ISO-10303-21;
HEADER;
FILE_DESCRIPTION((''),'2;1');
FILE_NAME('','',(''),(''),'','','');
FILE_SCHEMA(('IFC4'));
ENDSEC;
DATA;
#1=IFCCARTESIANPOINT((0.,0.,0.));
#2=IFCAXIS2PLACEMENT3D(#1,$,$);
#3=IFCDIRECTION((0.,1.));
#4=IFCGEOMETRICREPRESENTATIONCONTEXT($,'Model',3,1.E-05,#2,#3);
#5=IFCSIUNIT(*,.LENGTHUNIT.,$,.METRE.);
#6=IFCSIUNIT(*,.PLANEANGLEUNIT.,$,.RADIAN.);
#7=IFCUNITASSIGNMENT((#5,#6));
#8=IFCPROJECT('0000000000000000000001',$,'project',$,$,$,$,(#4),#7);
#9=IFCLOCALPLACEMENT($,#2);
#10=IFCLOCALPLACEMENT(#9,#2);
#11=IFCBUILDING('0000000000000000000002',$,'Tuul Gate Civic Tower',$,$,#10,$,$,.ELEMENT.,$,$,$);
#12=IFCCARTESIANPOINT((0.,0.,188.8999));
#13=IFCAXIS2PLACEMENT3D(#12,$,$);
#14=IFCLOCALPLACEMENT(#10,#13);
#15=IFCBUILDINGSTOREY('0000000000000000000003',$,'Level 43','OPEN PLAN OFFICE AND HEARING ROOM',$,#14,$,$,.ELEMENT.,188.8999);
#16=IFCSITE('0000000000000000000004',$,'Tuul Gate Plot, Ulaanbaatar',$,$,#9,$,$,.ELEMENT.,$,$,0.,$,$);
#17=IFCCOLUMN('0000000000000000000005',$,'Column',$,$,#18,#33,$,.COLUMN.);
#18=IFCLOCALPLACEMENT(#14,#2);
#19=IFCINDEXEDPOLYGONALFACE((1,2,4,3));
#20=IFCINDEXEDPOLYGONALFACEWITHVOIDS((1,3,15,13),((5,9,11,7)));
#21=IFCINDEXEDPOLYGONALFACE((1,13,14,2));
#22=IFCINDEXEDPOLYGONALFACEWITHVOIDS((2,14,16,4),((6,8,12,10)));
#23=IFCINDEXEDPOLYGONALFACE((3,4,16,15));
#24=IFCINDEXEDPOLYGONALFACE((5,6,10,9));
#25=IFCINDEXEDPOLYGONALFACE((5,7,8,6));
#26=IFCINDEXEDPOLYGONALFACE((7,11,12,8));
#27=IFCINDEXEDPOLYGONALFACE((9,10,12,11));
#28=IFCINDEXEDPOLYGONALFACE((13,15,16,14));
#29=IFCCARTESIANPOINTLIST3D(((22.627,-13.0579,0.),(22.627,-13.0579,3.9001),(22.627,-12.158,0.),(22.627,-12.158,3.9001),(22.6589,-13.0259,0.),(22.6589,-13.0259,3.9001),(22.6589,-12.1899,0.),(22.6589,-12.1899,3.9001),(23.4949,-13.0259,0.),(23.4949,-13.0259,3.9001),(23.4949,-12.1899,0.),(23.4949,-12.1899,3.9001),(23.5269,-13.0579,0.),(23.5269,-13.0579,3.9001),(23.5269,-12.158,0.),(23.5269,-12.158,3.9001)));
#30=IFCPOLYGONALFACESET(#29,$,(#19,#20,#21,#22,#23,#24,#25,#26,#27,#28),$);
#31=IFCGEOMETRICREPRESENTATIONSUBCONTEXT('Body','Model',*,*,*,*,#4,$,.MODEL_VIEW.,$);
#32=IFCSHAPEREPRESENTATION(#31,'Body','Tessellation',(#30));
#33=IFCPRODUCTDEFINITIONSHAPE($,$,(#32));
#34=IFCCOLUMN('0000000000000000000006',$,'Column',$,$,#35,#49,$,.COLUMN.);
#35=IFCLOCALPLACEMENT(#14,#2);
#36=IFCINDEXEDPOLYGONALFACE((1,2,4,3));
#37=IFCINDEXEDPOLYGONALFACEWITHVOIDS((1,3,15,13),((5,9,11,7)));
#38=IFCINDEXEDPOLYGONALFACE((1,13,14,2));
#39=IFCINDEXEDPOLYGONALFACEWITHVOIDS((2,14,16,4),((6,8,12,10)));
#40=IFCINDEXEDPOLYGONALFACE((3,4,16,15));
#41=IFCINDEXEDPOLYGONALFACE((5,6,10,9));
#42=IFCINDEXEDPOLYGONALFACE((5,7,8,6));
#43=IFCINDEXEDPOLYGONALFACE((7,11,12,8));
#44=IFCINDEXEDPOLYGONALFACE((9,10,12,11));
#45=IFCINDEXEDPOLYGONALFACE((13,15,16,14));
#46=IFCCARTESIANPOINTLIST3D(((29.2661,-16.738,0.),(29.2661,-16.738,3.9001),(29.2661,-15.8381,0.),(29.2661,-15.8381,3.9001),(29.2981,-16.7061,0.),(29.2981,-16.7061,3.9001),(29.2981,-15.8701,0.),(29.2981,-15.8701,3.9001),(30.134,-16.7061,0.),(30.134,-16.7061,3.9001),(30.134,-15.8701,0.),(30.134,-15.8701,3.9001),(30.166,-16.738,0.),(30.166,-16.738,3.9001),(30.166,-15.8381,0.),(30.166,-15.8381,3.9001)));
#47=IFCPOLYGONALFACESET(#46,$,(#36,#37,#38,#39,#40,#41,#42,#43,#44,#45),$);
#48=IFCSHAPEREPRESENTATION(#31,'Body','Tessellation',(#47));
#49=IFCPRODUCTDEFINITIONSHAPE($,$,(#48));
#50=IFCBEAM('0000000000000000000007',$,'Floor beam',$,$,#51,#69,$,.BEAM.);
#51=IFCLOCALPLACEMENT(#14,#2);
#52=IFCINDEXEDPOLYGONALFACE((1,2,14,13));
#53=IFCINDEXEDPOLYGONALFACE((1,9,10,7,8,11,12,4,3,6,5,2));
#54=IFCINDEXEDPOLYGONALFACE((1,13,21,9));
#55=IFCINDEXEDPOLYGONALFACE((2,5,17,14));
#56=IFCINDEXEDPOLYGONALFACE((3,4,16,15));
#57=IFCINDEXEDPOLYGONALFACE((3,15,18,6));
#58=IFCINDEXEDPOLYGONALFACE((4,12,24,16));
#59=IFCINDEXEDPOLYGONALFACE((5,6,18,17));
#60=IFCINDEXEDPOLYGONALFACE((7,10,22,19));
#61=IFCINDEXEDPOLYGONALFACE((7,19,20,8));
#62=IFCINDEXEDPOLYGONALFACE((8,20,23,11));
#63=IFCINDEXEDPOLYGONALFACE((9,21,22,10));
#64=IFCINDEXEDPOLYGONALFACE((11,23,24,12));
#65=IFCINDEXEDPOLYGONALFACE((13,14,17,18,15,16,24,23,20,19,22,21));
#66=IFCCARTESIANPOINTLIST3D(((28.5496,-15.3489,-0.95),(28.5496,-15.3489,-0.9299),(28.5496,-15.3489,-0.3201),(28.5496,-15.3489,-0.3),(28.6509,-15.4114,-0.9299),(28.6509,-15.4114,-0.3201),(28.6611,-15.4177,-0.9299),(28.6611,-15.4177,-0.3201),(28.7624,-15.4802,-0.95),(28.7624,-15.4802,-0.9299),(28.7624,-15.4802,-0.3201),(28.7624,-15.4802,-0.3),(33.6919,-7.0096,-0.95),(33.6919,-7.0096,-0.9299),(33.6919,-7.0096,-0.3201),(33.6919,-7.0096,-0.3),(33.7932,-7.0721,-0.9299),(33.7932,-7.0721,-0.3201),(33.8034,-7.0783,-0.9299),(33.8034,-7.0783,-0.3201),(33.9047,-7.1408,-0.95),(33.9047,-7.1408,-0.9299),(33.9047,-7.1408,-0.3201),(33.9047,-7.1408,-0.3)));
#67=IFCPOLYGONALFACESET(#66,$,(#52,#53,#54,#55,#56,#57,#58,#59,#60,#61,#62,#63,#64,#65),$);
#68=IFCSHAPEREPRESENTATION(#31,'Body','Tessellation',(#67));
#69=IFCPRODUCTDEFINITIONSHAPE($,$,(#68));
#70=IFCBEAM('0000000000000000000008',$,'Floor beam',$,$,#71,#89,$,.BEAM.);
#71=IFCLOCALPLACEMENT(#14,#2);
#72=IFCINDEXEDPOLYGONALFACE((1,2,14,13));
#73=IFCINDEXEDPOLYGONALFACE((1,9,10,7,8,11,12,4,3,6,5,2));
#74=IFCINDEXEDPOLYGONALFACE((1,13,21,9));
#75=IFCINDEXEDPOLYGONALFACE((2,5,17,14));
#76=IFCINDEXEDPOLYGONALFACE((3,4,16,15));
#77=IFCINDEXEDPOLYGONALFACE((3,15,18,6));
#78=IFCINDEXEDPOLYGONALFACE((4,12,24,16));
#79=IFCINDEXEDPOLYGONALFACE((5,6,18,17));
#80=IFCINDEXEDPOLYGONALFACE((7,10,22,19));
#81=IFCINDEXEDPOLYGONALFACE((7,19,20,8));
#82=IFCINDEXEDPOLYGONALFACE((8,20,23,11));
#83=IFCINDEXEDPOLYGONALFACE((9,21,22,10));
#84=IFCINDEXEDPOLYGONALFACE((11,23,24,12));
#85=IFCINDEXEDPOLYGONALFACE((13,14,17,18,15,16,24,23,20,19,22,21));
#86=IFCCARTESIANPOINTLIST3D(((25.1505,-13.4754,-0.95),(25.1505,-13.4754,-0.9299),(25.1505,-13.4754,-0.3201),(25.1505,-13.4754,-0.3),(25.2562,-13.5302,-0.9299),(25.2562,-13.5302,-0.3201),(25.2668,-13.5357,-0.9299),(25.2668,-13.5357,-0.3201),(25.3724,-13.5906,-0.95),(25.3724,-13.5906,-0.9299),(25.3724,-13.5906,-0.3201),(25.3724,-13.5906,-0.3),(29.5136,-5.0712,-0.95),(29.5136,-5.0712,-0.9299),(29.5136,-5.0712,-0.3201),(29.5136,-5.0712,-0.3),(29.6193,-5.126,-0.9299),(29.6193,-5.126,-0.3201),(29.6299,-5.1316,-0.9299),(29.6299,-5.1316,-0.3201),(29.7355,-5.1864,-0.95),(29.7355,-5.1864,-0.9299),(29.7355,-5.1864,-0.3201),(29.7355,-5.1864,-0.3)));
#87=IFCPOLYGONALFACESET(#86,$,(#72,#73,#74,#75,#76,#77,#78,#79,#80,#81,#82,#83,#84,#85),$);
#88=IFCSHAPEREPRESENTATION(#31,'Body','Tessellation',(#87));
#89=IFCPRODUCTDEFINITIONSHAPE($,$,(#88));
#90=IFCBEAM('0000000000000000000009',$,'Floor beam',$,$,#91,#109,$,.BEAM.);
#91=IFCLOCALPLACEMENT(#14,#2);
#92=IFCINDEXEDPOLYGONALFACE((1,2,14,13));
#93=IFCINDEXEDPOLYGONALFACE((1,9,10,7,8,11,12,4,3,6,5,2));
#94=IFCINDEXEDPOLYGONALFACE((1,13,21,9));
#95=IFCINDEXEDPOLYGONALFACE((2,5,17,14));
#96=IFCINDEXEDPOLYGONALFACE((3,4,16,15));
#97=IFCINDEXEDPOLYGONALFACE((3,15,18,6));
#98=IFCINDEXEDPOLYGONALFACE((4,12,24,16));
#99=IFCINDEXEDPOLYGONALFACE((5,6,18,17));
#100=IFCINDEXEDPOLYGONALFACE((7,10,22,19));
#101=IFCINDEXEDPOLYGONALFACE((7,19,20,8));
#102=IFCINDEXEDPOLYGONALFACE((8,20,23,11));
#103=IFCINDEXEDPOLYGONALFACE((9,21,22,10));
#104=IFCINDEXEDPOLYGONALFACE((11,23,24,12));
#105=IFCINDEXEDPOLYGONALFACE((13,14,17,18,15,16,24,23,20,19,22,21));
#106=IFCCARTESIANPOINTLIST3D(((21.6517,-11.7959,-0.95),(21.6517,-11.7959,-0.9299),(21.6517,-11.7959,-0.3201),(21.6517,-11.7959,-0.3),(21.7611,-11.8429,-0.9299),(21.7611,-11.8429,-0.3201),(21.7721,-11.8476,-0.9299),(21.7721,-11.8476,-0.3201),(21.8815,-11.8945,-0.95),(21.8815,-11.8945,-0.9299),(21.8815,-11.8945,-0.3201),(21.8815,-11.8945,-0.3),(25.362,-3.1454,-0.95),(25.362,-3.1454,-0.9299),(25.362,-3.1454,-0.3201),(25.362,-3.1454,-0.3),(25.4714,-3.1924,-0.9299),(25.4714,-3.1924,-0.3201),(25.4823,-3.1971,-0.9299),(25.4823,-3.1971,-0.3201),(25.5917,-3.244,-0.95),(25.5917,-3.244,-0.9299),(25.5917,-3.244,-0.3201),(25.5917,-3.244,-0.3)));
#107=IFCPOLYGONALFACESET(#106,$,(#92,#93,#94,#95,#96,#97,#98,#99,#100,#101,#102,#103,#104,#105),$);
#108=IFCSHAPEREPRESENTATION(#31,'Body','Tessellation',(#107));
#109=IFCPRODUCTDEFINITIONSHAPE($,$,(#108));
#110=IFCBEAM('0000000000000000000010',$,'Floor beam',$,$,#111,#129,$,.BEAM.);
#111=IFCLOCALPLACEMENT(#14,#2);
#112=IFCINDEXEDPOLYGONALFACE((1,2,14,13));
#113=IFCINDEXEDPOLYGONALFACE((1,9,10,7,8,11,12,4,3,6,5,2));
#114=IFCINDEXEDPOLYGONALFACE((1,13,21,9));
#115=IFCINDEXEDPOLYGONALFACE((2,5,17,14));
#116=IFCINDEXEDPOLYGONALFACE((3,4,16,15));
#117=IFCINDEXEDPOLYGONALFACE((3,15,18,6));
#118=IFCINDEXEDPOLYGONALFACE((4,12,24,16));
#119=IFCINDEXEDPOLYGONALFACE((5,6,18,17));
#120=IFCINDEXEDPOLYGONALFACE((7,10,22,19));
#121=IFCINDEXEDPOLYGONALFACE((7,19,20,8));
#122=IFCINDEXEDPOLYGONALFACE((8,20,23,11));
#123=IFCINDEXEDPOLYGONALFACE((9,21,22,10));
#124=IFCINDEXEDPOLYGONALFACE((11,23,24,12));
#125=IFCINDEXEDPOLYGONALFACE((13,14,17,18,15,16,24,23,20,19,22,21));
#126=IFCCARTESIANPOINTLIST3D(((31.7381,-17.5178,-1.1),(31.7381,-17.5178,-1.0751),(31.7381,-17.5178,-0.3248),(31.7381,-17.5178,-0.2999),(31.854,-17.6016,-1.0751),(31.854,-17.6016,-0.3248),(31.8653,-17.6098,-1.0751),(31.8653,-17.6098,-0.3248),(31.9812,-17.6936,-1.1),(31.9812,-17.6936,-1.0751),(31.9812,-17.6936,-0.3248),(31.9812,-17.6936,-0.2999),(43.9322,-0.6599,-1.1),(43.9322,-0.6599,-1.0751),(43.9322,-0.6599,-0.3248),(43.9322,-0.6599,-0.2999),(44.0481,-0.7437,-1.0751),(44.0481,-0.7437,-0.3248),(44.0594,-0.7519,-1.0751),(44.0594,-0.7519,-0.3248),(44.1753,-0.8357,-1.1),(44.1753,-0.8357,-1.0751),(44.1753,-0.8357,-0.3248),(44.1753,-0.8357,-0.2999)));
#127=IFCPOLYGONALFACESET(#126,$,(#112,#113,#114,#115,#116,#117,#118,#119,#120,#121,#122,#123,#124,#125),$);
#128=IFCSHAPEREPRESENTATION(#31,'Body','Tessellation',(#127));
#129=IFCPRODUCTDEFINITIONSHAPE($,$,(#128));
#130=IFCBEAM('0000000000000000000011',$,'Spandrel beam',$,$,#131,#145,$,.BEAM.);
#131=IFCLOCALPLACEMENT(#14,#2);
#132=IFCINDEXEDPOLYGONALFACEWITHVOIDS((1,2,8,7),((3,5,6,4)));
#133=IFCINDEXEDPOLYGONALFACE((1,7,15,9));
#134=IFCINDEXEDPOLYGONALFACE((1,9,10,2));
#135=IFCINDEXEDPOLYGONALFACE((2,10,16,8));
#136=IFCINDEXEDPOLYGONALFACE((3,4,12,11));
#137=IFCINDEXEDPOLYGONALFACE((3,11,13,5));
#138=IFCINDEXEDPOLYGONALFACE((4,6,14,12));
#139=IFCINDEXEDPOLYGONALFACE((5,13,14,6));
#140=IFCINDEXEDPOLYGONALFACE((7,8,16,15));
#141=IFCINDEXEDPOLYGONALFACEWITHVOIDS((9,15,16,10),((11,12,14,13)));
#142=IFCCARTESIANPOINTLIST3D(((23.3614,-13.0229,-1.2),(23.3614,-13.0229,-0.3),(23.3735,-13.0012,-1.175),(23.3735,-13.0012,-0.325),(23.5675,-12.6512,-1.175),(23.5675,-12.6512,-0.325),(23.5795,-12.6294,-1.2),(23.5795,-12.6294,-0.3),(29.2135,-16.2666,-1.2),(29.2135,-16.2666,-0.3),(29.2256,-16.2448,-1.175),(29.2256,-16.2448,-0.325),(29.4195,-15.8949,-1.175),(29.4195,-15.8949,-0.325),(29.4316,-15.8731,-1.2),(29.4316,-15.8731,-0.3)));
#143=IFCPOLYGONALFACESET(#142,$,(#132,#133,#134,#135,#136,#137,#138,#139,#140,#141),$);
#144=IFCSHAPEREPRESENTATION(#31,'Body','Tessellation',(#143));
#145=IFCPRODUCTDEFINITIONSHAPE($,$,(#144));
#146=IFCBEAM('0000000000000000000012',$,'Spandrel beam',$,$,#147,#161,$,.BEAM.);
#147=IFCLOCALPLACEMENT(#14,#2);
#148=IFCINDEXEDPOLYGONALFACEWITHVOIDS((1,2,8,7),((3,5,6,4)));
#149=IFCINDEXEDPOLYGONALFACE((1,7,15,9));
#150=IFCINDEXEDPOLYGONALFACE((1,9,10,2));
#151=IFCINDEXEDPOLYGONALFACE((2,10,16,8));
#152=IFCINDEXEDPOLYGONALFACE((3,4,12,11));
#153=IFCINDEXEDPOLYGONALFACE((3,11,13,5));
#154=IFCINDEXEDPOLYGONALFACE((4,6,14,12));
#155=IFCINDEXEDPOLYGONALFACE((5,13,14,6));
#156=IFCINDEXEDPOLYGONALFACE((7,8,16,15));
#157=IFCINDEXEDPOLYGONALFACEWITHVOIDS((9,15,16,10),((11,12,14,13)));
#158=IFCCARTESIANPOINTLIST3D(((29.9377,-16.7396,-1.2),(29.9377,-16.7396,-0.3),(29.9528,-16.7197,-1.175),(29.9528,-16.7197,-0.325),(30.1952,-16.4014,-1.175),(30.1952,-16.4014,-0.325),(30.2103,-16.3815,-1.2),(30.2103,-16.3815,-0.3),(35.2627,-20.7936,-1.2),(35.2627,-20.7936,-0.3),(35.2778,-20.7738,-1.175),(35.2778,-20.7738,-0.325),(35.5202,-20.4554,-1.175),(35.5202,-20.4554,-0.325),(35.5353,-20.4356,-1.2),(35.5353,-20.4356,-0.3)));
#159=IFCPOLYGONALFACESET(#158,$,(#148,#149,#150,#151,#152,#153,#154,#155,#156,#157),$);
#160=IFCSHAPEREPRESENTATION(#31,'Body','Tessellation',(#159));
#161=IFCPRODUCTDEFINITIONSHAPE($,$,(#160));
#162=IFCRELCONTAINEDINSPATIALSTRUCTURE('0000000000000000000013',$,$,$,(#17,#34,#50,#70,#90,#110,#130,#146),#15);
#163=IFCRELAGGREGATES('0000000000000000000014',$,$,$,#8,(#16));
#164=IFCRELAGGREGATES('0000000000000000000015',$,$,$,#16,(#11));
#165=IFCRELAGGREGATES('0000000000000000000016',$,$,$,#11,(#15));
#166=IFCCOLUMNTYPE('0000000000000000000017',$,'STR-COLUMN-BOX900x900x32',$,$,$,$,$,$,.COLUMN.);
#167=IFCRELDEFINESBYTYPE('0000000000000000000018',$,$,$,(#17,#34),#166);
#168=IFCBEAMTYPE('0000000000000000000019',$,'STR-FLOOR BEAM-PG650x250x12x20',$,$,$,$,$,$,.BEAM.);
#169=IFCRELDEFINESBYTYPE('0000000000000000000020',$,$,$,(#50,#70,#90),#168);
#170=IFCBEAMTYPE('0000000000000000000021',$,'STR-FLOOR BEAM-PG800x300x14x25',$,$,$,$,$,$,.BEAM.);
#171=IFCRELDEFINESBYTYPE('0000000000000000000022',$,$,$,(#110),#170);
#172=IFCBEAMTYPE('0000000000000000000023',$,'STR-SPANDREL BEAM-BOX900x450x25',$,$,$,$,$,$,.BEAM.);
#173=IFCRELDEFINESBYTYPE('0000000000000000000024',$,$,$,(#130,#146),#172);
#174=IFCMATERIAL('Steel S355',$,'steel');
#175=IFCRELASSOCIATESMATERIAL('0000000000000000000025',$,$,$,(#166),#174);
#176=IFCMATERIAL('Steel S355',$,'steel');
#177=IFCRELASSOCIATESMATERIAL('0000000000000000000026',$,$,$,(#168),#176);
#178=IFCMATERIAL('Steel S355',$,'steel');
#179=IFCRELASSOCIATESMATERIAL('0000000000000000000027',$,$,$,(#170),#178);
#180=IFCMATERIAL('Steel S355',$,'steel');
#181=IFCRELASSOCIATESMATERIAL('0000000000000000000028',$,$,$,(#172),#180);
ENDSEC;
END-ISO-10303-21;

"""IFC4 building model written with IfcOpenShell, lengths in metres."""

from ifc_helpers import new_model, si_unit, direction, frame, origin, origin_2d, place, context, subcontext, project, spatial, hollow_rectangle, i_section, extrude, material, material_profile, profile_set, type_object, element, save


model = new_model("IFC4")

# Units and contexts
model_context = context("Model", 3, precision=1e-05, world=origin(), true_north=direction((0.0, 1.0)))
body_context = subcontext(model_context, "Body", "Model", "MODEL_VIEW")
ifc_project = project(units=[si_unit("LENGTHUNIT", "METRE"), si_unit("PLANEANGLEUNIT", "RADIAN")], contexts=[model_context])

# Site, building, storey
site_placement = place(None, origin())
site = spatial("IfcSite", under=ifc_project, at=site_placement, Name="Tuul Gate Plot, Ulaanbaatar", CompositionType="ELEMENT", RefElevation=0.0)
building_placement = place(site_placement, origin())
building = spatial("IfcBuilding", under=site, at=building_placement, Name="Tuul Gate Civic Tower", CompositionType="ELEMENT")
storey_placement = place(building_placement, frame((0.0, 0.0, 188.8999)))
storey = spatial("IfcBuildingStorey", under=building, at=storey_placement, Name="Level 43", Description="OPEN PLAN OFFICE AND HEARING ROOM", CompositionType="ELEMENT", Elevation=188.8999)

# Columns
ifc_material_1 = material(Name="Steel S355", Category="steel")
ifc_material_profile_1 = material_profile(ifc_material_1, hollow_rectangle(XDim=0.8999, YDim=0.8999, WallThickness=0.032, at=origin_2d()), Name="BOX900x900x32")
ifc_profile_set_1 = profile_set([ifc_material_profile_1], Name="Steel S355")
column_type = type_object("IfcColumnType", Name="STR-COLUMN-BOX900x900x32", PredefinedType="COLUMN", material=ifc_profile_set_1)
for number, where, z_axis, x_axis, name in (
    (1, (23.0769, -12.6079, 0.0), (0.0, 0.0, 1.0), (1.0, 0.0, 0.0), "Column"),
    (2, (29.7161, -16.2881, 0.0), (0.0, 0.0, 1.0), (1.0, 0.0, 0.0), "Column"),
):
    element("IfcColumn", number, at=place(storey_placement, frame(where, z_axis=z_axis, x_axis=x_axis)), inside=storey, type_object=column_type, Name=name, PredefinedType="COLUMN", context=body_context, shape_type="SweptSolid", body=[
        extrude(hollow_rectangle(XDim=0.8999, YDim=0.8999, WallThickness=0.032, at=origin_2d()), origin(), (0.0, 0.0, 1.0), 3.9001),
    ])

# Beams
ifc_material_2 = material(Name="Steel S355", Category="steel")
ifc_material_profile_2 = material_profile(ifc_material_2, i_section(OverallWidth=0.25, OverallDepth=0.6499, WebThickness=0.012, FlangeThickness=0.02, at=origin_2d()), Name="PG650x250x12x20")
ifc_profile_set_2 = profile_set([ifc_material_profile_2], Name="Steel S355")
beam_type_1 = type_object("IfcBeamType", Name="STR-FLOOR BEAM-PG650x250x12x20", PredefinedType="BEAM", material=ifc_profile_set_2)
beam_1_placement = place(storey_placement, frame((28.656, -15.4146, -0.625), z_axis=(0.524869, 0.851183, 0.0), x_axis=(-0.851183, 0.524869, 0.0)))
element("IfcBeam", 3, at=beam_1_placement, inside=storey, type_object=beam_type_1, Name="Floor beam", PredefinedType="BEAM", context=body_context, shape_type="SweptSolid", body=[
    extrude(i_section(OverallWidth=0.25, OverallDepth=0.6499, WebThickness=0.012, FlangeThickness=0.02, at=origin_2d()), origin(), (0.0, 0.0, 1.0), 9.7974),
])
beam_2_placement = place(storey_placement, frame((25.2615, -13.533, -0.625), z_axis=(0.460765, 0.887522, 0.0), x_axis=(-0.887522, 0.460765, 0.0)))
element("IfcBeam", 4, at=beam_2_placement, inside=storey, type_object=beam_type_1, Name="Floor beam", PredefinedType="BEAM", context=body_context, shape_type="SweptSolid", body=[
    extrude(i_section(OverallWidth=0.25, OverallDepth=0.6499, WebThickness=0.012, FlangeThickness=0.02, at=origin_2d()), origin(), (0.0, 0.0, 1.0), 9.4692),
])
beam_3_placement = place(storey_placement, frame((21.7666, -11.8452, -0.625), z_axis=(0.394179, 0.919034, 0.0), x_axis=(-0.919034, 0.394179, 0.0)))
element("IfcBeam", 5, at=beam_3_placement, inside=storey, type_object=beam_type_1, Name="Floor beam", PredefinedType="BEAM", context=body_context, shape_type="SweptSolid", body=[
    extrude(i_section(OverallWidth=0.25, OverallDepth=0.6499, WebThickness=0.012, FlangeThickness=0.02, at=origin_2d()), origin(), (0.0, 0.0, 1.0), 9.4126),
])
ifc_material_3 = material(Name="Steel S355", Category="steel")
ifc_material_profile_3 = material_profile(ifc_material_3, i_section(OverallWidth=0.3, OverallDepth=0.8, WebThickness=0.0139, FlangeThickness=0.0249, at=origin_2d()), Name="PG800x300x14x25")
ifc_profile_set_3 = profile_set([ifc_material_profile_3], Name="Steel S355")
beam_type_2 = type_object("IfcBeamType", Name="STR-FLOOR BEAM-PG800x300x14x25", PredefinedType="BEAM", material=ifc_profile_set_3)
beam_4_placement = place(storey_placement, frame((31.8596, -17.6057, -0.7), z_axis=(0.586088, 0.810247, 0.0), x_axis=(-0.810247, 0.586088, 0.0)))
element("IfcBeam", 6, at=beam_4_placement, inside=storey, type_object=beam_type_2, Name="Floor beam", PredefinedType="BEAM", context=body_context, shape_type="SweptSolid", body=[
    extrude(i_section(OverallWidth=0.3, OverallDepth=0.8, WebThickness=0.0139, FlangeThickness=0.0249, at=origin_2d()), origin(), (0.0, 0.0, 1.0), 20.8059),
])
ifc_material_4 = material(Name="Steel S355", Category="steel")
ifc_material_profile_4 = material_profile(ifc_material_4, hollow_rectangle(XDim=0.45, YDim=0.8999, WallThickness=0.0249, at=origin_2d()), Name="BOX900x450x25")
ifc_profile_set_4 = profile_set([ifc_material_profile_4], Name="Steel S355")
beam_type_3 = type_object("IfcBeamType", Name="STR-SPANDREL BEAM-BOX900x450x25", PredefinedType="BEAM", material=ifc_profile_set_4)
beam_5_placement = place(storey_placement, frame((23.4705, -12.8262, -0.75), z_axis=(0.874632, -0.484788, 0.0), x_axis=(0.484788, 0.874632, 0.0)))
element("IfcBeam", 7, at=beam_5_placement, inside=storey, type_object=beam_type_3, Name="Spandrel beam", PredefinedType="BEAM", context=body_context, shape_type="SweptSolid", body=[
    extrude(hollow_rectangle(XDim=0.45, YDim=0.8999, WallThickness=0.0249, at=origin_2d()), origin(), (0.0, 0.0, 1.0), 6.6909),
])
beam_6_placement = place(storey_placement, frame((30.074, -16.5605, -0.75), z_axis=(0.795659, -0.605745, 0.0), x_axis=(0.605745, 0.795659, 0.0)))
element("IfcBeam", 8, at=beam_6_placement, inside=storey, type_object=beam_type_3, Name="Spandrel beam", PredefinedType="BEAM", context=body_context, shape_type="SweptSolid", body=[
    extrude(hollow_rectangle(XDim=0.45, YDim=0.8999, WallThickness=0.0249, at=origin_2d()), origin(), (0.0, 0.0, 1.0), 6.6926),
])

save(model, "model.ifc")
